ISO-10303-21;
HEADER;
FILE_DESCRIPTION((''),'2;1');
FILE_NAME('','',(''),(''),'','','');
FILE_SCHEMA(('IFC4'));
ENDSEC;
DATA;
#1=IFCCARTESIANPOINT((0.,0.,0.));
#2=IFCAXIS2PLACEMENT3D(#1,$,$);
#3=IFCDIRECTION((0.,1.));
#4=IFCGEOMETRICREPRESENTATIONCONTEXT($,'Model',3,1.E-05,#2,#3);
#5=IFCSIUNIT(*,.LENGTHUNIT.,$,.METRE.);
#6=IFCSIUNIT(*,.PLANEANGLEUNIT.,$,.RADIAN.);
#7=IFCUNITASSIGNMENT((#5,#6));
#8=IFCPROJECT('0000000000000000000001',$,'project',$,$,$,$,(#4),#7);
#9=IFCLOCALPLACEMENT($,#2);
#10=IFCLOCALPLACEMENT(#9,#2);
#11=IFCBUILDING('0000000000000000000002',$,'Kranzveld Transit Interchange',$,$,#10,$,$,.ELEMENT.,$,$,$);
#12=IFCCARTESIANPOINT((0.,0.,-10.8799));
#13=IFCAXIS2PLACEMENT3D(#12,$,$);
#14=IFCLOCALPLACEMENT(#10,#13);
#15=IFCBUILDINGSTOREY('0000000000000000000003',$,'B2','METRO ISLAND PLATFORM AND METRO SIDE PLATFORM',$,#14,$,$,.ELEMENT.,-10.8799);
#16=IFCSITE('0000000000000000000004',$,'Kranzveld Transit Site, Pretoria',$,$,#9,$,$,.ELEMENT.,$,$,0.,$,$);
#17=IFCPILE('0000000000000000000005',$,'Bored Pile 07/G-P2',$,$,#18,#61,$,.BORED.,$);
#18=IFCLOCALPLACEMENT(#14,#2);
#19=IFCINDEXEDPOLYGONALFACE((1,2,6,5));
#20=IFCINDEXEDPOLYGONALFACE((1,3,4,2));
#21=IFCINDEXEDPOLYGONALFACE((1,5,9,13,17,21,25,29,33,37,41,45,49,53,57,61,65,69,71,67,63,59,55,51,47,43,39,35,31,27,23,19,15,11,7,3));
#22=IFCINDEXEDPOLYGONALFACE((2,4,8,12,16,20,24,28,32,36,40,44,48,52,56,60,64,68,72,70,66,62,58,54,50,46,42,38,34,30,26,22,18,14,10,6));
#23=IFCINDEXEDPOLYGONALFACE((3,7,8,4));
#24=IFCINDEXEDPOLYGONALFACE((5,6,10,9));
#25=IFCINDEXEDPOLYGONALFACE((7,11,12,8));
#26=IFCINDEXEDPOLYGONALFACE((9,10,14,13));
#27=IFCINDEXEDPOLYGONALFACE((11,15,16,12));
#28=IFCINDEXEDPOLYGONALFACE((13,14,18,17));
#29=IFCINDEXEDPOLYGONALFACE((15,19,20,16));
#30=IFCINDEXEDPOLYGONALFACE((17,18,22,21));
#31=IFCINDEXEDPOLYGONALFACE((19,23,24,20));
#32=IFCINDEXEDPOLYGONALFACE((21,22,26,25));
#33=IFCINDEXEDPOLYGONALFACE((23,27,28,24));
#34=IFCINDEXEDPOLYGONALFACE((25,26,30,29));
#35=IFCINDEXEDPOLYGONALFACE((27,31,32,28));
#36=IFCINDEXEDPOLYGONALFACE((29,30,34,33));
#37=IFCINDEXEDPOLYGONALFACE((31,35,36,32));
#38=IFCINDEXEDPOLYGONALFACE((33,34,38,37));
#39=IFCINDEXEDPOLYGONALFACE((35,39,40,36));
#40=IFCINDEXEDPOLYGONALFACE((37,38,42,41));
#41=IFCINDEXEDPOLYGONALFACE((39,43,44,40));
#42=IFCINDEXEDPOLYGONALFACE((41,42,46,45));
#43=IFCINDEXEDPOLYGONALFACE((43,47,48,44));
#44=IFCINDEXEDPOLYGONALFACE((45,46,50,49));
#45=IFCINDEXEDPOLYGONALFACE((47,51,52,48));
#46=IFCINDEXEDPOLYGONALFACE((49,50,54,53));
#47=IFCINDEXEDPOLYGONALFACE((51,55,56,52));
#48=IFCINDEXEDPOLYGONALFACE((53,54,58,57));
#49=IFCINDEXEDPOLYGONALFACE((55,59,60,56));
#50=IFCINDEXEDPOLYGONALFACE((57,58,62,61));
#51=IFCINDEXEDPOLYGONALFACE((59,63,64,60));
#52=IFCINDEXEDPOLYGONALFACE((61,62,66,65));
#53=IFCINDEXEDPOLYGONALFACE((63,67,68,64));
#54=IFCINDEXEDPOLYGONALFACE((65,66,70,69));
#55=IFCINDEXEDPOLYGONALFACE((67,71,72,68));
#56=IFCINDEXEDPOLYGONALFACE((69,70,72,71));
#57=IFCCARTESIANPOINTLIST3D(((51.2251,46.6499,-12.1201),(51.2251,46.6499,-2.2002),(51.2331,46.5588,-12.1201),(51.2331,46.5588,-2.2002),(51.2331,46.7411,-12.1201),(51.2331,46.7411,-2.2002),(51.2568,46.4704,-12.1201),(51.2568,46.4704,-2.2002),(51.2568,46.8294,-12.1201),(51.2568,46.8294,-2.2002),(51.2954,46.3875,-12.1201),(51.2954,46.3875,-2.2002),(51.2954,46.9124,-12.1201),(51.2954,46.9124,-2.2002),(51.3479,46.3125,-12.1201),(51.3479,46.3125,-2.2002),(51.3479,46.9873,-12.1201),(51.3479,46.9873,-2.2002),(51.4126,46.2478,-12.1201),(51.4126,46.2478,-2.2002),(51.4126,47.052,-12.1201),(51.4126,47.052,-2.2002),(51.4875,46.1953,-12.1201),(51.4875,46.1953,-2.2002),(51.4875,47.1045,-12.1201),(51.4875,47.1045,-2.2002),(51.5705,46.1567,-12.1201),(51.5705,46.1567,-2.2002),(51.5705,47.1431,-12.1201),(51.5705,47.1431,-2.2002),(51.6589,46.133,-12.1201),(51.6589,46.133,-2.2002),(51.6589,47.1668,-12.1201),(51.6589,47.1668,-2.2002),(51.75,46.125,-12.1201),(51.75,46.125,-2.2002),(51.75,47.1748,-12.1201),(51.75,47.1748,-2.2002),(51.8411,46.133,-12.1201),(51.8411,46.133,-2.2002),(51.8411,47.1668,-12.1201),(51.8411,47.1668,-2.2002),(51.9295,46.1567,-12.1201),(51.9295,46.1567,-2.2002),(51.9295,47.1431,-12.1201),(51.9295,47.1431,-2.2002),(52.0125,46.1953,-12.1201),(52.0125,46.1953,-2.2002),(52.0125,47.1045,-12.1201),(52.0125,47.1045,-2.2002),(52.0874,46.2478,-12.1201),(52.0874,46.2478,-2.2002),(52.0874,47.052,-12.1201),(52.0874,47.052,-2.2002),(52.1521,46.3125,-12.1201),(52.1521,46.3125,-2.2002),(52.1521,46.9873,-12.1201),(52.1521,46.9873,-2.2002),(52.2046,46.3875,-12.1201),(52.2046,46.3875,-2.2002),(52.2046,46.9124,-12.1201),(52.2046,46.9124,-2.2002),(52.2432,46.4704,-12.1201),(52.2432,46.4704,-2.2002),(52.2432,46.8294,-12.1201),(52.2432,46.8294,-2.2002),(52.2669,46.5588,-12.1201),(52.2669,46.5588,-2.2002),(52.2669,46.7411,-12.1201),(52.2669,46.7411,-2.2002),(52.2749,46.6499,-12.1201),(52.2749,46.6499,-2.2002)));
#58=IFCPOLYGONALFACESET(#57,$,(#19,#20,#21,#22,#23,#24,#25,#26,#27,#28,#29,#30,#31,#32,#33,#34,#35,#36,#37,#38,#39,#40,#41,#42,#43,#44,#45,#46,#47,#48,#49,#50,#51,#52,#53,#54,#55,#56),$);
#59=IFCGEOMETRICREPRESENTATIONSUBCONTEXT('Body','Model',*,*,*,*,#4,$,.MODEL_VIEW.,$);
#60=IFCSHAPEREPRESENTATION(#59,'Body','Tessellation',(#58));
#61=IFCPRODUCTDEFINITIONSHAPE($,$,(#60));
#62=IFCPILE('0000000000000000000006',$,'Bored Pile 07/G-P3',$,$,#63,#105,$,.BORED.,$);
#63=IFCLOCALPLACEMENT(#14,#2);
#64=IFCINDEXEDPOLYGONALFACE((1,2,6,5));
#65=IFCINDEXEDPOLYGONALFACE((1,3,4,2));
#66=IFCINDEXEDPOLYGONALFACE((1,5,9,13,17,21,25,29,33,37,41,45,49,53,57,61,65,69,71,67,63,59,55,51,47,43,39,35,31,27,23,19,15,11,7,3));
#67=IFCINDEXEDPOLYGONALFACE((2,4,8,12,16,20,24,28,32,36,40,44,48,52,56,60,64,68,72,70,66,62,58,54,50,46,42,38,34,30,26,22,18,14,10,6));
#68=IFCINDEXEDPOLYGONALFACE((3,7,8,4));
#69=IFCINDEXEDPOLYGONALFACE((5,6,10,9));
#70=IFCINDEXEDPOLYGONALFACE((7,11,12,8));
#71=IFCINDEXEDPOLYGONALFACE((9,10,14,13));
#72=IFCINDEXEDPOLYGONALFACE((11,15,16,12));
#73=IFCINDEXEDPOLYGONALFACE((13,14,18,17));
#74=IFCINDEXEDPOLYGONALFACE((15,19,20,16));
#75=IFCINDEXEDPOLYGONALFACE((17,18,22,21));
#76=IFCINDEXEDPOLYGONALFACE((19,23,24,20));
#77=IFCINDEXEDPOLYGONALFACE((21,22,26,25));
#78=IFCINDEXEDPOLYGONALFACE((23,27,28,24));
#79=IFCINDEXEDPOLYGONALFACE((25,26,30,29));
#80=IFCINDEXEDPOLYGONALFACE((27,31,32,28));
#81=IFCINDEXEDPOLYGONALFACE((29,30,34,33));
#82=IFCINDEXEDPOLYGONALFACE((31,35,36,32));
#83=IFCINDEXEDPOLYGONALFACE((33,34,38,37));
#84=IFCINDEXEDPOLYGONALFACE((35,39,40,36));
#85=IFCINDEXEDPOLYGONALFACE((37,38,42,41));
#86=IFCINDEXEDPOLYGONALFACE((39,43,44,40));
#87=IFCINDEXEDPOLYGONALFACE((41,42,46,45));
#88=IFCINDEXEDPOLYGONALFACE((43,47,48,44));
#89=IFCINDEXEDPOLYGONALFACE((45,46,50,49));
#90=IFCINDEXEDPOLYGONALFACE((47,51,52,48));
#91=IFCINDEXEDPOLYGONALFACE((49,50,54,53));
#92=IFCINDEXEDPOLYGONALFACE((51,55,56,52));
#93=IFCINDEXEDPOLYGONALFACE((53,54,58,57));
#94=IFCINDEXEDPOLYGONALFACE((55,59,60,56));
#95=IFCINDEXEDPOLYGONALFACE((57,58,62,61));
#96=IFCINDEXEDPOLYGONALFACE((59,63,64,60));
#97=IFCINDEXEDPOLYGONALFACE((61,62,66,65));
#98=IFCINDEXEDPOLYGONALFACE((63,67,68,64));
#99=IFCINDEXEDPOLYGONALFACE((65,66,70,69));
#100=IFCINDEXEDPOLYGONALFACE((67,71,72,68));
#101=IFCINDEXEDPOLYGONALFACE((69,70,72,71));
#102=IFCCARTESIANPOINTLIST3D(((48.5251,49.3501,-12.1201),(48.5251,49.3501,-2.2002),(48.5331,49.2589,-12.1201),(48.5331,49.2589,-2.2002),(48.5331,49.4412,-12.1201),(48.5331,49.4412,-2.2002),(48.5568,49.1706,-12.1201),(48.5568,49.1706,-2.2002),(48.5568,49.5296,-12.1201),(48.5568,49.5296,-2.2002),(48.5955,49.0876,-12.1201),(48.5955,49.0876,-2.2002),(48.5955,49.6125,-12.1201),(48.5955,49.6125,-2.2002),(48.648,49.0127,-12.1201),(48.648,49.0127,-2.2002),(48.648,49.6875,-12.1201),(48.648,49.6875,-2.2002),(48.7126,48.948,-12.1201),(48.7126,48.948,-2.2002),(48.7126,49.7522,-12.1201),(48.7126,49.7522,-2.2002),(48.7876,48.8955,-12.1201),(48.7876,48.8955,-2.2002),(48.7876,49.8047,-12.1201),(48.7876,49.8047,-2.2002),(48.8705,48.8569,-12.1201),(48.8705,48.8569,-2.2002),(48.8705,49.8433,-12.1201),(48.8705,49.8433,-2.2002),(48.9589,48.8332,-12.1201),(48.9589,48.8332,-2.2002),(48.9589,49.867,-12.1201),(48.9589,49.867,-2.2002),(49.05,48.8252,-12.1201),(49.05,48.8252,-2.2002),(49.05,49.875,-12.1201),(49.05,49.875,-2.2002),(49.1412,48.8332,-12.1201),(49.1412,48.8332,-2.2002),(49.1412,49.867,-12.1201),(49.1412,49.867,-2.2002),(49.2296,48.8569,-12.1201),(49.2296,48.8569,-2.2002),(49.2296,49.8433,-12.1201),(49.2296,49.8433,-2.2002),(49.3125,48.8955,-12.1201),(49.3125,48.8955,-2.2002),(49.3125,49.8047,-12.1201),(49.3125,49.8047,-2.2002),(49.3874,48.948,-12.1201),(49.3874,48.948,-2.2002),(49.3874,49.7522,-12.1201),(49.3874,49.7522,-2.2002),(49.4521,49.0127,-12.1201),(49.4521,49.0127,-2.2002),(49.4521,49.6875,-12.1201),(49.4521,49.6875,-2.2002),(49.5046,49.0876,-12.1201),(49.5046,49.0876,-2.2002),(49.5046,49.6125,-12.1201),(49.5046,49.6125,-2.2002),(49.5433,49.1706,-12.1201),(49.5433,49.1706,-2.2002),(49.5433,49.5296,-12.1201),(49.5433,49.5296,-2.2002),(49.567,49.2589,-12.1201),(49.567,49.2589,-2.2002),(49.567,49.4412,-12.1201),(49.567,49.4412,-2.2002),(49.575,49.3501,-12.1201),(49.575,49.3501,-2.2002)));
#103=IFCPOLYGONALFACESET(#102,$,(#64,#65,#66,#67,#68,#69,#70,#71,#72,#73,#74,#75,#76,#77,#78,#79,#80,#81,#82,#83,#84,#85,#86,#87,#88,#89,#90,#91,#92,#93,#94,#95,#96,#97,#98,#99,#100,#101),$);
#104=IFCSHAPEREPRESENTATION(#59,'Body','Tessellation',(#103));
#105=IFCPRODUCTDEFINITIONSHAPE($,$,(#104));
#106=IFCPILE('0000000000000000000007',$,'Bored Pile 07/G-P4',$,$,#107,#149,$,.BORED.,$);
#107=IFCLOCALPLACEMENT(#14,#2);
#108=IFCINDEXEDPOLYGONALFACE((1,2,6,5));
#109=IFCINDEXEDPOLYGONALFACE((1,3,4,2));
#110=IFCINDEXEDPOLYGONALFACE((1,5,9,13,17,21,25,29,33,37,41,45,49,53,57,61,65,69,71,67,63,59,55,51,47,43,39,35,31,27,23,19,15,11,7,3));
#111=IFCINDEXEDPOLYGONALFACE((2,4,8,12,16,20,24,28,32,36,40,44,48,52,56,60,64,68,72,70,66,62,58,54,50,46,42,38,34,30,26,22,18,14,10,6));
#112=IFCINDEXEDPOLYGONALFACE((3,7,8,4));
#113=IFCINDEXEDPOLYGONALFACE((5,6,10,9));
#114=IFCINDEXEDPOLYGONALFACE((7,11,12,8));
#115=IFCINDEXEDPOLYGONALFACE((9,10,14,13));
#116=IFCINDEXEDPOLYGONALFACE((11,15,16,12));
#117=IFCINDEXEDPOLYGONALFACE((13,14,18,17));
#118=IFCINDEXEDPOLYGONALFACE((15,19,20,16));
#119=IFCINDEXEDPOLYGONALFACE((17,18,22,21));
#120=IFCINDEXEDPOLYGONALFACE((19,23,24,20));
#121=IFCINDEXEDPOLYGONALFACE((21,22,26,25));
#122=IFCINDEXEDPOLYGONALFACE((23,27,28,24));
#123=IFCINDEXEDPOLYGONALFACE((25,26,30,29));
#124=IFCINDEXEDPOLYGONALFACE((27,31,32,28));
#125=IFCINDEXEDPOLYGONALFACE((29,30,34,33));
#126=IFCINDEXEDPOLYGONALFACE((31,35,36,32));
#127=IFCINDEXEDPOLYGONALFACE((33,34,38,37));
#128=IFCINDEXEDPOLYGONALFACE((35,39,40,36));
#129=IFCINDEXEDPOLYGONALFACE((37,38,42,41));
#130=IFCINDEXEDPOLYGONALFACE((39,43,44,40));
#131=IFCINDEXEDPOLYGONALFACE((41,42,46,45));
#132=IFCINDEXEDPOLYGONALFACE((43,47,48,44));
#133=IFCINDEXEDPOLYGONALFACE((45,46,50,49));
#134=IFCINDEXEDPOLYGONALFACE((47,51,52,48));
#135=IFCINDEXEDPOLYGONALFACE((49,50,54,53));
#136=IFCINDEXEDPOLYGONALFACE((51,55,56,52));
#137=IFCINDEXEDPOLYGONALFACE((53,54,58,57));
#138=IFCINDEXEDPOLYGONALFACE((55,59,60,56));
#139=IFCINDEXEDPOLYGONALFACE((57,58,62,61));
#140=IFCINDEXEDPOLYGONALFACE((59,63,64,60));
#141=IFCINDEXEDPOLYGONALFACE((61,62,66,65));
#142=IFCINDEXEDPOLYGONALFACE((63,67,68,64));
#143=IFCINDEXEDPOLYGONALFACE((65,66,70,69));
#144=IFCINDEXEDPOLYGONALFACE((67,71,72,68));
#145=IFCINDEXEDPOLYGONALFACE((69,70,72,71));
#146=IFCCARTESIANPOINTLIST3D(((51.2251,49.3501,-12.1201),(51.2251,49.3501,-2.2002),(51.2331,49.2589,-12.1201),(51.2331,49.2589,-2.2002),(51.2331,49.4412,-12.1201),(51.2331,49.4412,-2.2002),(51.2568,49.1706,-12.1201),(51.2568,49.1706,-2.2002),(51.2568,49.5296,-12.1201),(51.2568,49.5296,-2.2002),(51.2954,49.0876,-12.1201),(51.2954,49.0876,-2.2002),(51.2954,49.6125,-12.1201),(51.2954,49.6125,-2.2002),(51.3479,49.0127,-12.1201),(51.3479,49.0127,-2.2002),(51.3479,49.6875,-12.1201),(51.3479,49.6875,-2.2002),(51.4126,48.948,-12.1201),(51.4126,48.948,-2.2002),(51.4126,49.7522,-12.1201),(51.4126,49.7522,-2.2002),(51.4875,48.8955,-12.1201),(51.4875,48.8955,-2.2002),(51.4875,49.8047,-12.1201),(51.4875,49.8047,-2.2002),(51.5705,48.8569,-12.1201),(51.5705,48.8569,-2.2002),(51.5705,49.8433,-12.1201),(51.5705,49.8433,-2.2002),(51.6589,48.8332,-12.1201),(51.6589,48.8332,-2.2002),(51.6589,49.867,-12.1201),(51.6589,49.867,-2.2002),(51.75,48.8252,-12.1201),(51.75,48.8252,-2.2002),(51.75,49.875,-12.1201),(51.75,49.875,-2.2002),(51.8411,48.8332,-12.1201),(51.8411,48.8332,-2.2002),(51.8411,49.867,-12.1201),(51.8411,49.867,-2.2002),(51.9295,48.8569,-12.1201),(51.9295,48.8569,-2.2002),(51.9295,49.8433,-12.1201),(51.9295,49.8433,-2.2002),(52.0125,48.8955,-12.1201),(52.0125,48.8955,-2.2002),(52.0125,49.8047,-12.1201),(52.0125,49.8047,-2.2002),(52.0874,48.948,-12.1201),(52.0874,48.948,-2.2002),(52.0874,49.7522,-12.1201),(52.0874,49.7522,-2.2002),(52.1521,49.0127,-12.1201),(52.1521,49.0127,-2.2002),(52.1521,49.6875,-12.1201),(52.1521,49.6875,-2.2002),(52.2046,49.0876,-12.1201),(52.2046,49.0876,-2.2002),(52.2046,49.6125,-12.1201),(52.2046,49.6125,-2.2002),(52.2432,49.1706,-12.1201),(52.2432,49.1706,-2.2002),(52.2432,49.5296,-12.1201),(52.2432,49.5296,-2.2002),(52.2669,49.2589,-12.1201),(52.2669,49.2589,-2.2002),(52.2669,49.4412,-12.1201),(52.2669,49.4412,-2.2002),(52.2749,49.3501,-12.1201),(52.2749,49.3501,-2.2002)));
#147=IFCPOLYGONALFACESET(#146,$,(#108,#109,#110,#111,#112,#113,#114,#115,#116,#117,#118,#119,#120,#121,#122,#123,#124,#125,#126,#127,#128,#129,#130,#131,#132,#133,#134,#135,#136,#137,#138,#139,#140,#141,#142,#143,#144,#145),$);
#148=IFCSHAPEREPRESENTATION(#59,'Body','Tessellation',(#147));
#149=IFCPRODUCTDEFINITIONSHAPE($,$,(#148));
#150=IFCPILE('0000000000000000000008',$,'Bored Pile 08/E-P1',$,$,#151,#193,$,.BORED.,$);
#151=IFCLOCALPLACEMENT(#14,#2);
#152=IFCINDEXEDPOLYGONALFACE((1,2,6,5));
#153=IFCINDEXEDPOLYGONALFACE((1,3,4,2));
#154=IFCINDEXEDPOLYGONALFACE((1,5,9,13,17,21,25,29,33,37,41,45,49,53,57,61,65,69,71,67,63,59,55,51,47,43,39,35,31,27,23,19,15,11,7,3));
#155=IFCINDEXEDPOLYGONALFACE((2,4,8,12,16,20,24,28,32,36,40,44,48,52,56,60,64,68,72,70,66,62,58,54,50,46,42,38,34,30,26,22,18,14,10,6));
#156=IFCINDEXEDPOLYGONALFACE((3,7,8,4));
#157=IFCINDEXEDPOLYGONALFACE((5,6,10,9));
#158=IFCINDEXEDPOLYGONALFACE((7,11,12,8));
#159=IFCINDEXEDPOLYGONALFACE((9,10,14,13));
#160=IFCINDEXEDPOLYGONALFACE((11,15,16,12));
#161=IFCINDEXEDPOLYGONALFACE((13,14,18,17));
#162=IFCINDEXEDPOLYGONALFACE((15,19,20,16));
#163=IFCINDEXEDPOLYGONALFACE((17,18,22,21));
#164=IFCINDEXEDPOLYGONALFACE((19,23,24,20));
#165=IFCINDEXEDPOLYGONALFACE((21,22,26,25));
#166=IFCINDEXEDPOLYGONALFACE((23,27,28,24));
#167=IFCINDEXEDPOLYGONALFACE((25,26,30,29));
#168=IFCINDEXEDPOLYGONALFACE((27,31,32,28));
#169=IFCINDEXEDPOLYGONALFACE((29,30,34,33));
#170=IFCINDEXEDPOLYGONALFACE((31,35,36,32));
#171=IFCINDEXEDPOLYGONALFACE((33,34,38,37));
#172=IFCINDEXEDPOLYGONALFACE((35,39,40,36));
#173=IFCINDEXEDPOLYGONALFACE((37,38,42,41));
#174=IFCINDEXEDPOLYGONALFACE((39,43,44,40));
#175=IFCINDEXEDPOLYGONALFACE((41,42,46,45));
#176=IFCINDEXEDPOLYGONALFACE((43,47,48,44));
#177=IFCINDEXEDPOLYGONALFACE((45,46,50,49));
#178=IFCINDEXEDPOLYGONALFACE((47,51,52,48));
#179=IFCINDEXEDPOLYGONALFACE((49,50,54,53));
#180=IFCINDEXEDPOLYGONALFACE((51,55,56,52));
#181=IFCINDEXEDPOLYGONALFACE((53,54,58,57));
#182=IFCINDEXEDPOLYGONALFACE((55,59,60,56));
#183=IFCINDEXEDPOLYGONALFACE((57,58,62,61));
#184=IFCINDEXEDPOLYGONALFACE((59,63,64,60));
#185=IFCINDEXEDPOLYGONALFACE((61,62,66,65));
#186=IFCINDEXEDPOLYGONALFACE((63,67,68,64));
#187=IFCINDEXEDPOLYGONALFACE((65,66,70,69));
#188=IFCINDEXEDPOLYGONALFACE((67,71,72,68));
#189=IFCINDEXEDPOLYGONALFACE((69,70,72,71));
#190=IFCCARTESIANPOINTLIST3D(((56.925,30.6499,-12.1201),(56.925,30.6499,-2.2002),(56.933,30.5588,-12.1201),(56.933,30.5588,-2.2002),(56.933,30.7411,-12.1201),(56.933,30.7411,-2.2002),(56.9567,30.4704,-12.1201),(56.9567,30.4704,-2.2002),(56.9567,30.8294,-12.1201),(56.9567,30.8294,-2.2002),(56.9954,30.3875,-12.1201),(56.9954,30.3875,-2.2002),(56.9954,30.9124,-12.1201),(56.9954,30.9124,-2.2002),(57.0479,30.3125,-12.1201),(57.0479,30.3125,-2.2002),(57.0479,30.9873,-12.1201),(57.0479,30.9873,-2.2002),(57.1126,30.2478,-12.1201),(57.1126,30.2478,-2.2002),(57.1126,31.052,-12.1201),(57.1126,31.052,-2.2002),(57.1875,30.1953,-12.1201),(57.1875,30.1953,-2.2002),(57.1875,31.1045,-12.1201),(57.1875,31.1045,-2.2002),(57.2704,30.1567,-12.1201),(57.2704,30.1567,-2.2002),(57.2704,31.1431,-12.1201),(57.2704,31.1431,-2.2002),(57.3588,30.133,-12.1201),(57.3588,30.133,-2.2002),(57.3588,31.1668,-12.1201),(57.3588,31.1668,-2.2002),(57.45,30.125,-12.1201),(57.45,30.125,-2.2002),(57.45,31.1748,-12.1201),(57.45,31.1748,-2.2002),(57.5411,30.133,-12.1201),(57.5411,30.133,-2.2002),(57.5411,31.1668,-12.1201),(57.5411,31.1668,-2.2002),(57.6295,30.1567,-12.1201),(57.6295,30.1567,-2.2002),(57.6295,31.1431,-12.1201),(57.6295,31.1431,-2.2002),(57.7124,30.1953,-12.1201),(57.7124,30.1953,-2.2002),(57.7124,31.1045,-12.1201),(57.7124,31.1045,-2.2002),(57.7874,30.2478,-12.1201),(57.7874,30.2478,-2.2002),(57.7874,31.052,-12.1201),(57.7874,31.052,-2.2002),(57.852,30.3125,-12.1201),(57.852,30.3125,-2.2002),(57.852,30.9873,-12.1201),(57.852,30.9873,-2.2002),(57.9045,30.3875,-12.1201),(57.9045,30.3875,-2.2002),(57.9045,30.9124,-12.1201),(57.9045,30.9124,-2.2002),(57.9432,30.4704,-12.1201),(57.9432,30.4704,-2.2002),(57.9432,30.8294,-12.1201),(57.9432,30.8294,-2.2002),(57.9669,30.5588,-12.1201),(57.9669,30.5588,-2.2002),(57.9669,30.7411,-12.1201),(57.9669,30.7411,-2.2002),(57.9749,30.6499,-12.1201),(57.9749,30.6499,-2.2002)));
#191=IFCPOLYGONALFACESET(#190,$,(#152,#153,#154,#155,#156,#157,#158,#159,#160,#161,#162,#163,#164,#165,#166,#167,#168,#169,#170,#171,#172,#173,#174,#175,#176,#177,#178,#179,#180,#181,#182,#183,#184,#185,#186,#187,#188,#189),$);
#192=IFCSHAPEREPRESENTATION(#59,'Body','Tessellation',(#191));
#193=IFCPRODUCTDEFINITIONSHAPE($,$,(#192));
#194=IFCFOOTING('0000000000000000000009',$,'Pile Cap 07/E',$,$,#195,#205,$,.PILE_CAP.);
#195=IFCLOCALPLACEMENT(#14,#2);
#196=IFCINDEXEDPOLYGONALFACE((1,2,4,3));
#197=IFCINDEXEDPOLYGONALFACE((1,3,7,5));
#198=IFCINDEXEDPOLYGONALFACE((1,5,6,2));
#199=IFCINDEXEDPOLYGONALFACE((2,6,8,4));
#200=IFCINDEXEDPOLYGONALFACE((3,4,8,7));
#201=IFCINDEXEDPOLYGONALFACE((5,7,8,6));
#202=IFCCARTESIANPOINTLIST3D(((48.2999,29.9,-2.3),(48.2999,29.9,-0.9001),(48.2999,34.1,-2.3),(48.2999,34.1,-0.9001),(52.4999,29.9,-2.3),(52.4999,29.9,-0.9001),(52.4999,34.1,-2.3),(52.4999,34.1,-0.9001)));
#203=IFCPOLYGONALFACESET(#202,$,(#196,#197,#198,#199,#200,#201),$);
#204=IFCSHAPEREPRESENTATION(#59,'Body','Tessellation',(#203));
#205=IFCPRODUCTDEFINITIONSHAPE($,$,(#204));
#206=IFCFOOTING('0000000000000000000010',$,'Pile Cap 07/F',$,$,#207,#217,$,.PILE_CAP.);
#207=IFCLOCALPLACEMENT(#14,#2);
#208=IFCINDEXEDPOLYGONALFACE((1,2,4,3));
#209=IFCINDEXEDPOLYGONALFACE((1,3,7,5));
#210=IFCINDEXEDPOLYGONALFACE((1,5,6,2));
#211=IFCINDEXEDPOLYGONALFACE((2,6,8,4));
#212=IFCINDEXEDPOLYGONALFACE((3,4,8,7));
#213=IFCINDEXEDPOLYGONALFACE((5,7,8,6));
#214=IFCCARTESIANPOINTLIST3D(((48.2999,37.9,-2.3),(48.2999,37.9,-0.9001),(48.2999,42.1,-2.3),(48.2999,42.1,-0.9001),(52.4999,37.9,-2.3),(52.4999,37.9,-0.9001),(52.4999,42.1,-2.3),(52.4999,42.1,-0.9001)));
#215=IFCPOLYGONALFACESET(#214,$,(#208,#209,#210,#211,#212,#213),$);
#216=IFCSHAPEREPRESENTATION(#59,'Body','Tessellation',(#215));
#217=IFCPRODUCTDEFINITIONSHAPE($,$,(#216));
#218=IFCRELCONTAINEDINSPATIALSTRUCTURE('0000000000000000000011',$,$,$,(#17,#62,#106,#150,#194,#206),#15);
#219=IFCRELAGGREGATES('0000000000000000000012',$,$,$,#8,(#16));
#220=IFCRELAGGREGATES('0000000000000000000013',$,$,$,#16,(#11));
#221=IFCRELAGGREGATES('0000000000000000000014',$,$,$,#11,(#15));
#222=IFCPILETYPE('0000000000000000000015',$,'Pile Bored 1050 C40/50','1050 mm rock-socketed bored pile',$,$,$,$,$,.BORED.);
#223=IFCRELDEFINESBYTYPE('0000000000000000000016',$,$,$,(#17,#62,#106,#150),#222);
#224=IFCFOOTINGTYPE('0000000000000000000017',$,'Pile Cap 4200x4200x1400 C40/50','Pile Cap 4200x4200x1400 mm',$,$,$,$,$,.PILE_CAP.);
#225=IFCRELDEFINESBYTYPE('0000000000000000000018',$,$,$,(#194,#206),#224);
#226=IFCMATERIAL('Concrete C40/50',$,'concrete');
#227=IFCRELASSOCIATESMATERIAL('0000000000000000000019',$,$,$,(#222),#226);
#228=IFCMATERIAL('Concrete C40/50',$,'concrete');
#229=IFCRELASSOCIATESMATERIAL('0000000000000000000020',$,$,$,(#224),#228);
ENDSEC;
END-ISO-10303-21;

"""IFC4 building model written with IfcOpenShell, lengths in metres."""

from ifc_helpers import new_model, si_unit, direction, frame, origin, origin_2d, place, context, subcontext, project, spatial, rectangle, circle, extrude, material, material_profile, profile_set, type_object, element, save


model = new_model("IFC4")

# Units and contexts
model_context = context("Model", 3, precision=1e-05, world=origin(), true_north=direction((0.0, 1.0)))
body_context = subcontext(model_context, "Body", "Model", "MODEL_VIEW")
ifc_project = project(units=[si_unit("LENGTHUNIT", "METRE"), si_unit("PLANEANGLEUNIT", "RADIAN")], contexts=[model_context])

# Site, building, storey
site_placement = place(None, origin())
site = spatial("IfcSite", under=ifc_project, at=site_placement, Name="Kranzveld Transit Site, Pretoria", CompositionType="ELEMENT", RefElevation=0.0)
building_placement = place(site_placement, origin())
building = spatial("IfcBuilding", under=site, at=building_placement, Name="Kranzveld Transit Interchange", CompositionType="ELEMENT")
storey_placement = place(building_placement, frame((0.0, 0.0, -10.8799)))
storey = spatial("IfcBuildingStorey", under=building, at=storey_placement, Name="B2", Description="METRO ISLAND PLATFORM AND METRO SIDE PLATFORM", CompositionType="ELEMENT", Elevation=-10.8799)

# Piles
ifc_material_1 = material(Name="Concrete C40/50", Category="concrete")
ifc_material_profile_1 = material_profile(ifc_material_1, circle(Radius=0.5249, at=origin_2d()), Name="BORED PILE 1050")
ifc_profile_set_1 = profile_set([ifc_material_profile_1], Name="Concrete C40/50")
pile_type = type_object("IfcPileType", Name="Pile Bored 1050 C40/50", Description="1050 mm rock-socketed bored pile", PredefinedType="BORED", material=ifc_profile_set_1)
for number, where, z_axis, x_axis, name in (
    (1, (51.75, 46.6499, -2.2002), (0.0, 0.0, -1.0), (1.0, 0.0, 0.0), "Bored Pile 07/G-P2"),
    (2, (49.05, 49.3501, -2.2002), (0.0, 0.0, -1.0), (1.0, 0.0, 0.0), "Bored Pile 07/G-P3"),
    (3, (51.75, 49.3501, -2.2002), (0.0, 0.0, -1.0), (1.0, 0.0, 0.0), "Bored Pile 07/G-P4"),
    (4, (57.45, 30.6499, -2.2002), (0.0, 0.0, -1.0), (1.0, 0.0, 0.0), "Bored Pile 08/E-P1"),
):
    element("IfcPile", number, at=place(storey_placement, frame(where, z_axis=z_axis, x_axis=x_axis)), inside=storey, type_object=pile_type, Name=name, PredefinedType="BORED", context=body_context, shape_type="SweptSolid", body=[
        extrude(circle(Radius=0.5249, at=origin_2d()), origin(), (0.0, 0.0, 1.0), 9.9199),
    ])

# Footings
ifc_material_2 = material(Name="Concrete C40/50", Category="concrete")
footing_type = type_object("IfcFootingType", Name="Pile Cap 4200x4200x1400 C40/50", Description="Pile Cap 4200x4200x1400 mm", PredefinedType="PILE_CAP", material=ifc_material_2)
for number, where, z_axis, x_axis, name in (
    (5, (50.3999, 32.0, -2.3), (0.0, 0.0, 1.0), (1.0, 0.0, 0.0), "Pile Cap 07/E"),
    (6, (50.3999, 40.0, -2.3), (0.0, 0.0, 1.0), (1.0, 0.0, 0.0), "Pile Cap 07/F"),
):
    element("IfcFooting", number, at=place(storey_placement, frame(where, z_axis=z_axis, x_axis=x_axis)), inside=storey, type_object=footing_type, Name=name, PredefinedType="PILE_CAP", context=body_context, shape_type="SweptSolid", body=[
        extrude(rectangle(XDim=4.2, YDim=4.2, at=origin_2d()), origin(), (0.0, 0.0, 1.0), 1.3999),
    ])

save(model, "model.ifc")
